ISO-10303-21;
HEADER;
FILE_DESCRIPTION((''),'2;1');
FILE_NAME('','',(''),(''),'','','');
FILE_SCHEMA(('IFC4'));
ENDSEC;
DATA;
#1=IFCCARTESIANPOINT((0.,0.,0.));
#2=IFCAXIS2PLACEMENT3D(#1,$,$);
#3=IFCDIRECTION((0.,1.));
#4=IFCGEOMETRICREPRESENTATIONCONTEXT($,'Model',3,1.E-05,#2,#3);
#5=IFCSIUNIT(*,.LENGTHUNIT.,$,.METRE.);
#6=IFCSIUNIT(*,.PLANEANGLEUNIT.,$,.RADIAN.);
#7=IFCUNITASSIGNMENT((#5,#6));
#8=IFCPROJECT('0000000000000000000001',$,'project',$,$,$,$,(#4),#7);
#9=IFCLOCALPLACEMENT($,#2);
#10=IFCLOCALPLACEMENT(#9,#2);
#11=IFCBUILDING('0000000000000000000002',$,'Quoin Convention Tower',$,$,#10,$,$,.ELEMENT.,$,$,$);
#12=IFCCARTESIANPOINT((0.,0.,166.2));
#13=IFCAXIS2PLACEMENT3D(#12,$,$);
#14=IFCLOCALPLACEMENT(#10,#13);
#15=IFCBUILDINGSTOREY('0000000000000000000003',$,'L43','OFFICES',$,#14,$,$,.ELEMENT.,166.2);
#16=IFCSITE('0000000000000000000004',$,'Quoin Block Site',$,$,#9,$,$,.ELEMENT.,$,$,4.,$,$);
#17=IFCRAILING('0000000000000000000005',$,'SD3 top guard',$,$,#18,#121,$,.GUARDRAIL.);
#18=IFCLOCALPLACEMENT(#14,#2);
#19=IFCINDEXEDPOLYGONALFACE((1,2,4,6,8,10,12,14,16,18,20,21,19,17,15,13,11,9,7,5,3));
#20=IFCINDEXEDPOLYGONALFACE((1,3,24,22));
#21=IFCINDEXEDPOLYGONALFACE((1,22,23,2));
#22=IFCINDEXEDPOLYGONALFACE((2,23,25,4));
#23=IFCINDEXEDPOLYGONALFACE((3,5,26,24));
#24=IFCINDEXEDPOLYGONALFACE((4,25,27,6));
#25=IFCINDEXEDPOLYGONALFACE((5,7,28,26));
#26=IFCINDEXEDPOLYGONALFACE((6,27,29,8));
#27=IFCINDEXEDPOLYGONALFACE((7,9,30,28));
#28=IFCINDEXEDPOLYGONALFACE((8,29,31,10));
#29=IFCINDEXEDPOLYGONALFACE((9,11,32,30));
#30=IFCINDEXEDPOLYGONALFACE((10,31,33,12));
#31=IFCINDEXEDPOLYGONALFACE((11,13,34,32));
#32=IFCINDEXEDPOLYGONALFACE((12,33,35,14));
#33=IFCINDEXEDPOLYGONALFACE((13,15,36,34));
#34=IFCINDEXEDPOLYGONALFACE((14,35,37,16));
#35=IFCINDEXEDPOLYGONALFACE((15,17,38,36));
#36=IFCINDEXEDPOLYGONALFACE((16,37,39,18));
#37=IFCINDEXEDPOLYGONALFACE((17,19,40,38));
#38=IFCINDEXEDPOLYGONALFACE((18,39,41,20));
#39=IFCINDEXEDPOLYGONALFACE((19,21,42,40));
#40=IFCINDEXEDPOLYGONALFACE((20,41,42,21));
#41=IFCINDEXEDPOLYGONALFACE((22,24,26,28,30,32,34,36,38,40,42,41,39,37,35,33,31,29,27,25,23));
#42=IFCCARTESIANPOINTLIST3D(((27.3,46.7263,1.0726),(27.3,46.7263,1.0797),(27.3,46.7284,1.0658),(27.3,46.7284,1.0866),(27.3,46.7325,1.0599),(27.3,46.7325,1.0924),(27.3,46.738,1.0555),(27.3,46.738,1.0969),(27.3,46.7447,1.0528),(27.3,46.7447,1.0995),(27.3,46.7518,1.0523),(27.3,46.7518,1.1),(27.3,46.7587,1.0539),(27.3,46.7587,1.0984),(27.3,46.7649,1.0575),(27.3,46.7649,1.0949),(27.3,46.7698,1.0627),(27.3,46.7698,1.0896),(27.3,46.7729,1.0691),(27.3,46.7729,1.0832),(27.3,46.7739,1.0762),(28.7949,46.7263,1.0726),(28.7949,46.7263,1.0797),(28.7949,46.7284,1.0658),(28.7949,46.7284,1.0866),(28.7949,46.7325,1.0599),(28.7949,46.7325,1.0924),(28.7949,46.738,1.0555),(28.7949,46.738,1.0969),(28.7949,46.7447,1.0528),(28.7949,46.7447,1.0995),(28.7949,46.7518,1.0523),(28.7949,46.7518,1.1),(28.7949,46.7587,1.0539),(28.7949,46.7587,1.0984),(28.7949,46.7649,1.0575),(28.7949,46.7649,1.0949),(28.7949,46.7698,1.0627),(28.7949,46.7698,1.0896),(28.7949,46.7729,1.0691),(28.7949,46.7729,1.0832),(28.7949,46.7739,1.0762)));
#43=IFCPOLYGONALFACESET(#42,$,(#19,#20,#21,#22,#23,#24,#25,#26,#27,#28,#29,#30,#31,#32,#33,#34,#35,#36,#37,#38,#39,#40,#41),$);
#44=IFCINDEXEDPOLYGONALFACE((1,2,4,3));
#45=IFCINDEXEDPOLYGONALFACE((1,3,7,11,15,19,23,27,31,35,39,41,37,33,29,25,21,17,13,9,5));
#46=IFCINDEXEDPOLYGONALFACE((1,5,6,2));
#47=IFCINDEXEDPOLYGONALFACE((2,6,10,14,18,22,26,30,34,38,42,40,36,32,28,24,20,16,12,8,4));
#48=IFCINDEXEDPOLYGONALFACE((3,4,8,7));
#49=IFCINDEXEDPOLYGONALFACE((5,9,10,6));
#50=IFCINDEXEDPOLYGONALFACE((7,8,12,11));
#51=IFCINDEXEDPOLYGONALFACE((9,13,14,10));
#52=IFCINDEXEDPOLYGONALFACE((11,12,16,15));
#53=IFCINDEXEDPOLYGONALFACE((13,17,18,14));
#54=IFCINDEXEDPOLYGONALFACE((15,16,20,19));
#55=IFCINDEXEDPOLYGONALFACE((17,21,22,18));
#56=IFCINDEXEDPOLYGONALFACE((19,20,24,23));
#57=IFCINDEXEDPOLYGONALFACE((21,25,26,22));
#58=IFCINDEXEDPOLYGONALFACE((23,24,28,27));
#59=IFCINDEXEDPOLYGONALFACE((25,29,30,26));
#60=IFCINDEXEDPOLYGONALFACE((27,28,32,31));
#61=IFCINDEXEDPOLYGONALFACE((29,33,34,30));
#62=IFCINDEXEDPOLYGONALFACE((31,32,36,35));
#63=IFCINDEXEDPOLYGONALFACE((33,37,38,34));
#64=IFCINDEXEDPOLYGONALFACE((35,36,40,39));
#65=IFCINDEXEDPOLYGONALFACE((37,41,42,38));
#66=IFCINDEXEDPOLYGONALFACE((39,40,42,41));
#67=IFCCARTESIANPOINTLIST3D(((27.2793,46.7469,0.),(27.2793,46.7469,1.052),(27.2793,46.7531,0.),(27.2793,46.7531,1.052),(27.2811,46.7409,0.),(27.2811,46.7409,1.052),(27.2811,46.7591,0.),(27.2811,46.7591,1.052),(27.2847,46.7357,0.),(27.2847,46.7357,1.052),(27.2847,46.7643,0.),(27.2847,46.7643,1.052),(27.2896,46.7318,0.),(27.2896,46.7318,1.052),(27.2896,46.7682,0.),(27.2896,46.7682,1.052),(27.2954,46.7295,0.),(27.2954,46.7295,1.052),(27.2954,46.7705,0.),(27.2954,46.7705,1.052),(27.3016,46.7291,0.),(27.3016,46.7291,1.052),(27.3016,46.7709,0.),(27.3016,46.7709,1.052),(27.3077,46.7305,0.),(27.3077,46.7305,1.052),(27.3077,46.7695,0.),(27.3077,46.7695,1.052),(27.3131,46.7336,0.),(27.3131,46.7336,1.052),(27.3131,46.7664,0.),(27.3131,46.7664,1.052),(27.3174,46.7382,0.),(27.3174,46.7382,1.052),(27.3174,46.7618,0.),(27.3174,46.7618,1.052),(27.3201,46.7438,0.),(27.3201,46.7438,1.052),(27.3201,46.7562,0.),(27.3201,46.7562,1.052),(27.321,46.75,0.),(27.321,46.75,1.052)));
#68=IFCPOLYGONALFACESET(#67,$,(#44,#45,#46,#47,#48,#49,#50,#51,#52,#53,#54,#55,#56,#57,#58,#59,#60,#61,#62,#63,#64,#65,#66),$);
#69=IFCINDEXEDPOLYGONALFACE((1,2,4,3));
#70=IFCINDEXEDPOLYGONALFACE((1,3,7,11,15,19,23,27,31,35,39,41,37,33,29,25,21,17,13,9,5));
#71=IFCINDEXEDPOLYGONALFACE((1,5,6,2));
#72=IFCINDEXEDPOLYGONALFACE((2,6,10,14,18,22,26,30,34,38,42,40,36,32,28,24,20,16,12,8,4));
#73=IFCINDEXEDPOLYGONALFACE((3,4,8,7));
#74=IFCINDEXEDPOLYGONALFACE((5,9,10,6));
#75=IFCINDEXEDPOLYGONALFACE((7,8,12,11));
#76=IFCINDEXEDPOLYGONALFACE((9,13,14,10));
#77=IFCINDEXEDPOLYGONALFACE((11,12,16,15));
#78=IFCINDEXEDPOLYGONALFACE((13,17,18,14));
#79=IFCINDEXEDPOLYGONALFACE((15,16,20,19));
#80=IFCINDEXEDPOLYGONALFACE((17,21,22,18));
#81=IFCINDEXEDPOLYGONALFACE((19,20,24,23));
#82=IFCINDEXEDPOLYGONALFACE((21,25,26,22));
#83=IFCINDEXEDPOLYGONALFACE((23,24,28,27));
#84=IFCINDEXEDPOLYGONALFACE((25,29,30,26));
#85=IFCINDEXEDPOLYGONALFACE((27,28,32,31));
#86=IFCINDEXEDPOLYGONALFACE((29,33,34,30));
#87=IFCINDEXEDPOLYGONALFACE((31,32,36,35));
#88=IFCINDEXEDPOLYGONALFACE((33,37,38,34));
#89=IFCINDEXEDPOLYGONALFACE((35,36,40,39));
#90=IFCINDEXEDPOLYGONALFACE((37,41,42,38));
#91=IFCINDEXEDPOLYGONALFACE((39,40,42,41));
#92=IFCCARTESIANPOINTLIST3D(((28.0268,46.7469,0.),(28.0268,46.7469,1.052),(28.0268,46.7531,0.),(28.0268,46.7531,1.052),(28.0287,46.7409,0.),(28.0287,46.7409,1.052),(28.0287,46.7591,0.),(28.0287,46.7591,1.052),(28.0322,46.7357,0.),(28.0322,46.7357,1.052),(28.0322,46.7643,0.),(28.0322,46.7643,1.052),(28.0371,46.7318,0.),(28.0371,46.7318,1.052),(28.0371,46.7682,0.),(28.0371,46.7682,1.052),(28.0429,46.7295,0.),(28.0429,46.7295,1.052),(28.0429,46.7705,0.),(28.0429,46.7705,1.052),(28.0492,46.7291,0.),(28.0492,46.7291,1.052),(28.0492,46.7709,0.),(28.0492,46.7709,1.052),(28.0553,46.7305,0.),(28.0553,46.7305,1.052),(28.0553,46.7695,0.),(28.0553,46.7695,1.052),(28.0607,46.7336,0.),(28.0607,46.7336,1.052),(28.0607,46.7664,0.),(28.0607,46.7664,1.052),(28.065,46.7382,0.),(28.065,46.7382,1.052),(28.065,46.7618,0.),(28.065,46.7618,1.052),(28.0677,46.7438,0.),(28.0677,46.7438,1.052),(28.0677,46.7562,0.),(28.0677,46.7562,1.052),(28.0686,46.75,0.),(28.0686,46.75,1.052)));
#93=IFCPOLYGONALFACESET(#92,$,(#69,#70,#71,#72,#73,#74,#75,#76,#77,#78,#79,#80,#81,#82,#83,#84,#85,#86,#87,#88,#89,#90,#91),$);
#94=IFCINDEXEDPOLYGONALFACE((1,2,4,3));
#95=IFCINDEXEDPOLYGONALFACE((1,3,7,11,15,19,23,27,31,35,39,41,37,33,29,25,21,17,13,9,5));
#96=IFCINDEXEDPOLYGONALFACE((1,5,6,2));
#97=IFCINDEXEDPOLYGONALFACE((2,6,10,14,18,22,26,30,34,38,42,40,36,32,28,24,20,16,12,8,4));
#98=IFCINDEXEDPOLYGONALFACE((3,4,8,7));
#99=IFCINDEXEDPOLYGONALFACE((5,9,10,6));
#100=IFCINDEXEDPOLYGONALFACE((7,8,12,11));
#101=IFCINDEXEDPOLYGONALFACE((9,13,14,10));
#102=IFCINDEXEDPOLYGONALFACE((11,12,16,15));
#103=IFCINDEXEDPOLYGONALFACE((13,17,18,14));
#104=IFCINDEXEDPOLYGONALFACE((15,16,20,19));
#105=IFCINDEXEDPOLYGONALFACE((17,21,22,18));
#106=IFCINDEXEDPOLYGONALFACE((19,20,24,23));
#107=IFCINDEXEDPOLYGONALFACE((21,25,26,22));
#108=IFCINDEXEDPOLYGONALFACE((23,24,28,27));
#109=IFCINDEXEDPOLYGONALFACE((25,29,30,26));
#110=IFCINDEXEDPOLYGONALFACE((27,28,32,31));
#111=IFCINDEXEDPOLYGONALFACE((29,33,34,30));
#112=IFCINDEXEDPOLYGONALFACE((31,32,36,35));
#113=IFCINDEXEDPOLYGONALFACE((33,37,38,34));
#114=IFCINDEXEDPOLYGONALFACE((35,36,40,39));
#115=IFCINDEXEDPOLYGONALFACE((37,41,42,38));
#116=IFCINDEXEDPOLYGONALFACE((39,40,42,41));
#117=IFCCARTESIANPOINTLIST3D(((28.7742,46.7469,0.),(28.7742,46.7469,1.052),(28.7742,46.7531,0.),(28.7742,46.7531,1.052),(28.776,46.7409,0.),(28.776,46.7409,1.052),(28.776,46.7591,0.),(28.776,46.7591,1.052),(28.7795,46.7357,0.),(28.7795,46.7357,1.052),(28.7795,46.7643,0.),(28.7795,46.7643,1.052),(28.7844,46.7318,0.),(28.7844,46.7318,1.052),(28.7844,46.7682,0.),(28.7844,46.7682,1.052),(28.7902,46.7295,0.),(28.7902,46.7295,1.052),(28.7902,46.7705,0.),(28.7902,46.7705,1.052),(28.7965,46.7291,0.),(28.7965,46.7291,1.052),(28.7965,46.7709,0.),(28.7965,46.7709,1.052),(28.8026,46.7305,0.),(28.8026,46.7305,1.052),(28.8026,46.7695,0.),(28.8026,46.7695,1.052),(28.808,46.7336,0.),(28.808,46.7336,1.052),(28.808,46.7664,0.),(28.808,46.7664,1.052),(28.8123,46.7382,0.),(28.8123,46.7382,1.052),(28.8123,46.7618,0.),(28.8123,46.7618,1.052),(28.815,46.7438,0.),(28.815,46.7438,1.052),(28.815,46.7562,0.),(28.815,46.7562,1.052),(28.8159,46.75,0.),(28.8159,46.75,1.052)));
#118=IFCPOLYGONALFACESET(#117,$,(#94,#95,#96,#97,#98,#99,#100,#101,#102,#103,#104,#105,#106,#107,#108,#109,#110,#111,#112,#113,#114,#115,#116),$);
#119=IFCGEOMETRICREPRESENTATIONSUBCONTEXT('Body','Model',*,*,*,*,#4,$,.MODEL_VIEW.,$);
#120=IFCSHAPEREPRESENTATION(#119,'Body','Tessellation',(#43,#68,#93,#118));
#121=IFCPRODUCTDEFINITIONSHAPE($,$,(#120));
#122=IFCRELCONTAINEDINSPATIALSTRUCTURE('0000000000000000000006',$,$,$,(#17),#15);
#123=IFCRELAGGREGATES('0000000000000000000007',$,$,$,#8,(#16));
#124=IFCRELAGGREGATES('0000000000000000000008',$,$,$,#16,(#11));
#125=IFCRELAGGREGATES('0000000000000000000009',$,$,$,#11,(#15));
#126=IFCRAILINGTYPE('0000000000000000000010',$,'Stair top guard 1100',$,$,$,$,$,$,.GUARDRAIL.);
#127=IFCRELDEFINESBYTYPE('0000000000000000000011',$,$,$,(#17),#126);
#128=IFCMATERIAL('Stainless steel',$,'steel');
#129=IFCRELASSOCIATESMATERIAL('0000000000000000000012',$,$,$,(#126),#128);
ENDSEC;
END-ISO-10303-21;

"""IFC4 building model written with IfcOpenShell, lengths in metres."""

from ifc_helpers import new_model, si_unit, direction, frame, origin, origin_2d, place, context, subcontext, project, spatial, circle, extrude, material, type_object, element, save


model = new_model("IFC4")

# Units and contexts
model_context = context("Model", 3, precision=1e-05, world=origin(), true_north=direction((0.0, 1.0)))
body_context = subcontext(model_context, "Body", "Model", "MODEL_VIEW")
ifc_project = project(units=[si_unit("LENGTHUNIT", "METRE"), si_unit("PLANEANGLEUNIT", "RADIAN")], contexts=[model_context])

# Site, building, storey
site_placement = place(None, origin())
site = spatial("IfcSite", under=ifc_project, at=site_placement, Name="Quoin Block Site", CompositionType="ELEMENT", RefElevation=4.0)
building_placement = place(site_placement, origin())
building = spatial("IfcBuilding", under=site, at=building_placement, Name="Quoin Convention Tower", CompositionType="ELEMENT")
storey_placement = place(building_placement, frame((0.0, 0.0, 166.2)))
storey = spatial("IfcBuildingStorey", under=building, at=storey_placement, Name="L43", Description="OFFICES", CompositionType="ELEMENT", Elevation=166.2)

# Railing
ifc_material_1 = material(Name="Stainless steel", Category="steel")
railing_type_1 = type_object("IfcRailingType", Name="Stair top guard 1100", PredefinedType="GUARDRAIL", material=ifc_material_1)
railing_1_placement = place(storey_placement, frame((27.3, 46.75, 0.0)))
element("IfcRailing", 1, at=railing_1_placement, inside=storey, type_object=railing_type_1, Name="SD3 top guard", PredefinedType="GUARDRAIL", context=body_context, shape_type="SweptSolid", body=[
    extrude(circle(Radius=0.0239, at=origin_2d()), frame((0.0, 0.0, 1.0762), z_axis=(1.0, 0.0, 0.0), x_axis=(0.0, 1.0, 0.0)), (0.0, 0.0, 1.0), 1.4949),
    extrude(circle(Radius=0.021, at=origin_2d()), origin(), (0.0, 0.0, 1.0), 1.052),
    extrude(circle(Radius=0.021, at=origin_2d()), frame((0.7476, 0.0, 0.0)), (0.0, 0.0, 1.0), 1.052),
    extrude(circle(Radius=0.021, at=origin_2d()), frame((1.4949, 0.0, 0.0)), (0.0, 0.0, 1.0), 1.052),
])

save(model, "model.ifc")
